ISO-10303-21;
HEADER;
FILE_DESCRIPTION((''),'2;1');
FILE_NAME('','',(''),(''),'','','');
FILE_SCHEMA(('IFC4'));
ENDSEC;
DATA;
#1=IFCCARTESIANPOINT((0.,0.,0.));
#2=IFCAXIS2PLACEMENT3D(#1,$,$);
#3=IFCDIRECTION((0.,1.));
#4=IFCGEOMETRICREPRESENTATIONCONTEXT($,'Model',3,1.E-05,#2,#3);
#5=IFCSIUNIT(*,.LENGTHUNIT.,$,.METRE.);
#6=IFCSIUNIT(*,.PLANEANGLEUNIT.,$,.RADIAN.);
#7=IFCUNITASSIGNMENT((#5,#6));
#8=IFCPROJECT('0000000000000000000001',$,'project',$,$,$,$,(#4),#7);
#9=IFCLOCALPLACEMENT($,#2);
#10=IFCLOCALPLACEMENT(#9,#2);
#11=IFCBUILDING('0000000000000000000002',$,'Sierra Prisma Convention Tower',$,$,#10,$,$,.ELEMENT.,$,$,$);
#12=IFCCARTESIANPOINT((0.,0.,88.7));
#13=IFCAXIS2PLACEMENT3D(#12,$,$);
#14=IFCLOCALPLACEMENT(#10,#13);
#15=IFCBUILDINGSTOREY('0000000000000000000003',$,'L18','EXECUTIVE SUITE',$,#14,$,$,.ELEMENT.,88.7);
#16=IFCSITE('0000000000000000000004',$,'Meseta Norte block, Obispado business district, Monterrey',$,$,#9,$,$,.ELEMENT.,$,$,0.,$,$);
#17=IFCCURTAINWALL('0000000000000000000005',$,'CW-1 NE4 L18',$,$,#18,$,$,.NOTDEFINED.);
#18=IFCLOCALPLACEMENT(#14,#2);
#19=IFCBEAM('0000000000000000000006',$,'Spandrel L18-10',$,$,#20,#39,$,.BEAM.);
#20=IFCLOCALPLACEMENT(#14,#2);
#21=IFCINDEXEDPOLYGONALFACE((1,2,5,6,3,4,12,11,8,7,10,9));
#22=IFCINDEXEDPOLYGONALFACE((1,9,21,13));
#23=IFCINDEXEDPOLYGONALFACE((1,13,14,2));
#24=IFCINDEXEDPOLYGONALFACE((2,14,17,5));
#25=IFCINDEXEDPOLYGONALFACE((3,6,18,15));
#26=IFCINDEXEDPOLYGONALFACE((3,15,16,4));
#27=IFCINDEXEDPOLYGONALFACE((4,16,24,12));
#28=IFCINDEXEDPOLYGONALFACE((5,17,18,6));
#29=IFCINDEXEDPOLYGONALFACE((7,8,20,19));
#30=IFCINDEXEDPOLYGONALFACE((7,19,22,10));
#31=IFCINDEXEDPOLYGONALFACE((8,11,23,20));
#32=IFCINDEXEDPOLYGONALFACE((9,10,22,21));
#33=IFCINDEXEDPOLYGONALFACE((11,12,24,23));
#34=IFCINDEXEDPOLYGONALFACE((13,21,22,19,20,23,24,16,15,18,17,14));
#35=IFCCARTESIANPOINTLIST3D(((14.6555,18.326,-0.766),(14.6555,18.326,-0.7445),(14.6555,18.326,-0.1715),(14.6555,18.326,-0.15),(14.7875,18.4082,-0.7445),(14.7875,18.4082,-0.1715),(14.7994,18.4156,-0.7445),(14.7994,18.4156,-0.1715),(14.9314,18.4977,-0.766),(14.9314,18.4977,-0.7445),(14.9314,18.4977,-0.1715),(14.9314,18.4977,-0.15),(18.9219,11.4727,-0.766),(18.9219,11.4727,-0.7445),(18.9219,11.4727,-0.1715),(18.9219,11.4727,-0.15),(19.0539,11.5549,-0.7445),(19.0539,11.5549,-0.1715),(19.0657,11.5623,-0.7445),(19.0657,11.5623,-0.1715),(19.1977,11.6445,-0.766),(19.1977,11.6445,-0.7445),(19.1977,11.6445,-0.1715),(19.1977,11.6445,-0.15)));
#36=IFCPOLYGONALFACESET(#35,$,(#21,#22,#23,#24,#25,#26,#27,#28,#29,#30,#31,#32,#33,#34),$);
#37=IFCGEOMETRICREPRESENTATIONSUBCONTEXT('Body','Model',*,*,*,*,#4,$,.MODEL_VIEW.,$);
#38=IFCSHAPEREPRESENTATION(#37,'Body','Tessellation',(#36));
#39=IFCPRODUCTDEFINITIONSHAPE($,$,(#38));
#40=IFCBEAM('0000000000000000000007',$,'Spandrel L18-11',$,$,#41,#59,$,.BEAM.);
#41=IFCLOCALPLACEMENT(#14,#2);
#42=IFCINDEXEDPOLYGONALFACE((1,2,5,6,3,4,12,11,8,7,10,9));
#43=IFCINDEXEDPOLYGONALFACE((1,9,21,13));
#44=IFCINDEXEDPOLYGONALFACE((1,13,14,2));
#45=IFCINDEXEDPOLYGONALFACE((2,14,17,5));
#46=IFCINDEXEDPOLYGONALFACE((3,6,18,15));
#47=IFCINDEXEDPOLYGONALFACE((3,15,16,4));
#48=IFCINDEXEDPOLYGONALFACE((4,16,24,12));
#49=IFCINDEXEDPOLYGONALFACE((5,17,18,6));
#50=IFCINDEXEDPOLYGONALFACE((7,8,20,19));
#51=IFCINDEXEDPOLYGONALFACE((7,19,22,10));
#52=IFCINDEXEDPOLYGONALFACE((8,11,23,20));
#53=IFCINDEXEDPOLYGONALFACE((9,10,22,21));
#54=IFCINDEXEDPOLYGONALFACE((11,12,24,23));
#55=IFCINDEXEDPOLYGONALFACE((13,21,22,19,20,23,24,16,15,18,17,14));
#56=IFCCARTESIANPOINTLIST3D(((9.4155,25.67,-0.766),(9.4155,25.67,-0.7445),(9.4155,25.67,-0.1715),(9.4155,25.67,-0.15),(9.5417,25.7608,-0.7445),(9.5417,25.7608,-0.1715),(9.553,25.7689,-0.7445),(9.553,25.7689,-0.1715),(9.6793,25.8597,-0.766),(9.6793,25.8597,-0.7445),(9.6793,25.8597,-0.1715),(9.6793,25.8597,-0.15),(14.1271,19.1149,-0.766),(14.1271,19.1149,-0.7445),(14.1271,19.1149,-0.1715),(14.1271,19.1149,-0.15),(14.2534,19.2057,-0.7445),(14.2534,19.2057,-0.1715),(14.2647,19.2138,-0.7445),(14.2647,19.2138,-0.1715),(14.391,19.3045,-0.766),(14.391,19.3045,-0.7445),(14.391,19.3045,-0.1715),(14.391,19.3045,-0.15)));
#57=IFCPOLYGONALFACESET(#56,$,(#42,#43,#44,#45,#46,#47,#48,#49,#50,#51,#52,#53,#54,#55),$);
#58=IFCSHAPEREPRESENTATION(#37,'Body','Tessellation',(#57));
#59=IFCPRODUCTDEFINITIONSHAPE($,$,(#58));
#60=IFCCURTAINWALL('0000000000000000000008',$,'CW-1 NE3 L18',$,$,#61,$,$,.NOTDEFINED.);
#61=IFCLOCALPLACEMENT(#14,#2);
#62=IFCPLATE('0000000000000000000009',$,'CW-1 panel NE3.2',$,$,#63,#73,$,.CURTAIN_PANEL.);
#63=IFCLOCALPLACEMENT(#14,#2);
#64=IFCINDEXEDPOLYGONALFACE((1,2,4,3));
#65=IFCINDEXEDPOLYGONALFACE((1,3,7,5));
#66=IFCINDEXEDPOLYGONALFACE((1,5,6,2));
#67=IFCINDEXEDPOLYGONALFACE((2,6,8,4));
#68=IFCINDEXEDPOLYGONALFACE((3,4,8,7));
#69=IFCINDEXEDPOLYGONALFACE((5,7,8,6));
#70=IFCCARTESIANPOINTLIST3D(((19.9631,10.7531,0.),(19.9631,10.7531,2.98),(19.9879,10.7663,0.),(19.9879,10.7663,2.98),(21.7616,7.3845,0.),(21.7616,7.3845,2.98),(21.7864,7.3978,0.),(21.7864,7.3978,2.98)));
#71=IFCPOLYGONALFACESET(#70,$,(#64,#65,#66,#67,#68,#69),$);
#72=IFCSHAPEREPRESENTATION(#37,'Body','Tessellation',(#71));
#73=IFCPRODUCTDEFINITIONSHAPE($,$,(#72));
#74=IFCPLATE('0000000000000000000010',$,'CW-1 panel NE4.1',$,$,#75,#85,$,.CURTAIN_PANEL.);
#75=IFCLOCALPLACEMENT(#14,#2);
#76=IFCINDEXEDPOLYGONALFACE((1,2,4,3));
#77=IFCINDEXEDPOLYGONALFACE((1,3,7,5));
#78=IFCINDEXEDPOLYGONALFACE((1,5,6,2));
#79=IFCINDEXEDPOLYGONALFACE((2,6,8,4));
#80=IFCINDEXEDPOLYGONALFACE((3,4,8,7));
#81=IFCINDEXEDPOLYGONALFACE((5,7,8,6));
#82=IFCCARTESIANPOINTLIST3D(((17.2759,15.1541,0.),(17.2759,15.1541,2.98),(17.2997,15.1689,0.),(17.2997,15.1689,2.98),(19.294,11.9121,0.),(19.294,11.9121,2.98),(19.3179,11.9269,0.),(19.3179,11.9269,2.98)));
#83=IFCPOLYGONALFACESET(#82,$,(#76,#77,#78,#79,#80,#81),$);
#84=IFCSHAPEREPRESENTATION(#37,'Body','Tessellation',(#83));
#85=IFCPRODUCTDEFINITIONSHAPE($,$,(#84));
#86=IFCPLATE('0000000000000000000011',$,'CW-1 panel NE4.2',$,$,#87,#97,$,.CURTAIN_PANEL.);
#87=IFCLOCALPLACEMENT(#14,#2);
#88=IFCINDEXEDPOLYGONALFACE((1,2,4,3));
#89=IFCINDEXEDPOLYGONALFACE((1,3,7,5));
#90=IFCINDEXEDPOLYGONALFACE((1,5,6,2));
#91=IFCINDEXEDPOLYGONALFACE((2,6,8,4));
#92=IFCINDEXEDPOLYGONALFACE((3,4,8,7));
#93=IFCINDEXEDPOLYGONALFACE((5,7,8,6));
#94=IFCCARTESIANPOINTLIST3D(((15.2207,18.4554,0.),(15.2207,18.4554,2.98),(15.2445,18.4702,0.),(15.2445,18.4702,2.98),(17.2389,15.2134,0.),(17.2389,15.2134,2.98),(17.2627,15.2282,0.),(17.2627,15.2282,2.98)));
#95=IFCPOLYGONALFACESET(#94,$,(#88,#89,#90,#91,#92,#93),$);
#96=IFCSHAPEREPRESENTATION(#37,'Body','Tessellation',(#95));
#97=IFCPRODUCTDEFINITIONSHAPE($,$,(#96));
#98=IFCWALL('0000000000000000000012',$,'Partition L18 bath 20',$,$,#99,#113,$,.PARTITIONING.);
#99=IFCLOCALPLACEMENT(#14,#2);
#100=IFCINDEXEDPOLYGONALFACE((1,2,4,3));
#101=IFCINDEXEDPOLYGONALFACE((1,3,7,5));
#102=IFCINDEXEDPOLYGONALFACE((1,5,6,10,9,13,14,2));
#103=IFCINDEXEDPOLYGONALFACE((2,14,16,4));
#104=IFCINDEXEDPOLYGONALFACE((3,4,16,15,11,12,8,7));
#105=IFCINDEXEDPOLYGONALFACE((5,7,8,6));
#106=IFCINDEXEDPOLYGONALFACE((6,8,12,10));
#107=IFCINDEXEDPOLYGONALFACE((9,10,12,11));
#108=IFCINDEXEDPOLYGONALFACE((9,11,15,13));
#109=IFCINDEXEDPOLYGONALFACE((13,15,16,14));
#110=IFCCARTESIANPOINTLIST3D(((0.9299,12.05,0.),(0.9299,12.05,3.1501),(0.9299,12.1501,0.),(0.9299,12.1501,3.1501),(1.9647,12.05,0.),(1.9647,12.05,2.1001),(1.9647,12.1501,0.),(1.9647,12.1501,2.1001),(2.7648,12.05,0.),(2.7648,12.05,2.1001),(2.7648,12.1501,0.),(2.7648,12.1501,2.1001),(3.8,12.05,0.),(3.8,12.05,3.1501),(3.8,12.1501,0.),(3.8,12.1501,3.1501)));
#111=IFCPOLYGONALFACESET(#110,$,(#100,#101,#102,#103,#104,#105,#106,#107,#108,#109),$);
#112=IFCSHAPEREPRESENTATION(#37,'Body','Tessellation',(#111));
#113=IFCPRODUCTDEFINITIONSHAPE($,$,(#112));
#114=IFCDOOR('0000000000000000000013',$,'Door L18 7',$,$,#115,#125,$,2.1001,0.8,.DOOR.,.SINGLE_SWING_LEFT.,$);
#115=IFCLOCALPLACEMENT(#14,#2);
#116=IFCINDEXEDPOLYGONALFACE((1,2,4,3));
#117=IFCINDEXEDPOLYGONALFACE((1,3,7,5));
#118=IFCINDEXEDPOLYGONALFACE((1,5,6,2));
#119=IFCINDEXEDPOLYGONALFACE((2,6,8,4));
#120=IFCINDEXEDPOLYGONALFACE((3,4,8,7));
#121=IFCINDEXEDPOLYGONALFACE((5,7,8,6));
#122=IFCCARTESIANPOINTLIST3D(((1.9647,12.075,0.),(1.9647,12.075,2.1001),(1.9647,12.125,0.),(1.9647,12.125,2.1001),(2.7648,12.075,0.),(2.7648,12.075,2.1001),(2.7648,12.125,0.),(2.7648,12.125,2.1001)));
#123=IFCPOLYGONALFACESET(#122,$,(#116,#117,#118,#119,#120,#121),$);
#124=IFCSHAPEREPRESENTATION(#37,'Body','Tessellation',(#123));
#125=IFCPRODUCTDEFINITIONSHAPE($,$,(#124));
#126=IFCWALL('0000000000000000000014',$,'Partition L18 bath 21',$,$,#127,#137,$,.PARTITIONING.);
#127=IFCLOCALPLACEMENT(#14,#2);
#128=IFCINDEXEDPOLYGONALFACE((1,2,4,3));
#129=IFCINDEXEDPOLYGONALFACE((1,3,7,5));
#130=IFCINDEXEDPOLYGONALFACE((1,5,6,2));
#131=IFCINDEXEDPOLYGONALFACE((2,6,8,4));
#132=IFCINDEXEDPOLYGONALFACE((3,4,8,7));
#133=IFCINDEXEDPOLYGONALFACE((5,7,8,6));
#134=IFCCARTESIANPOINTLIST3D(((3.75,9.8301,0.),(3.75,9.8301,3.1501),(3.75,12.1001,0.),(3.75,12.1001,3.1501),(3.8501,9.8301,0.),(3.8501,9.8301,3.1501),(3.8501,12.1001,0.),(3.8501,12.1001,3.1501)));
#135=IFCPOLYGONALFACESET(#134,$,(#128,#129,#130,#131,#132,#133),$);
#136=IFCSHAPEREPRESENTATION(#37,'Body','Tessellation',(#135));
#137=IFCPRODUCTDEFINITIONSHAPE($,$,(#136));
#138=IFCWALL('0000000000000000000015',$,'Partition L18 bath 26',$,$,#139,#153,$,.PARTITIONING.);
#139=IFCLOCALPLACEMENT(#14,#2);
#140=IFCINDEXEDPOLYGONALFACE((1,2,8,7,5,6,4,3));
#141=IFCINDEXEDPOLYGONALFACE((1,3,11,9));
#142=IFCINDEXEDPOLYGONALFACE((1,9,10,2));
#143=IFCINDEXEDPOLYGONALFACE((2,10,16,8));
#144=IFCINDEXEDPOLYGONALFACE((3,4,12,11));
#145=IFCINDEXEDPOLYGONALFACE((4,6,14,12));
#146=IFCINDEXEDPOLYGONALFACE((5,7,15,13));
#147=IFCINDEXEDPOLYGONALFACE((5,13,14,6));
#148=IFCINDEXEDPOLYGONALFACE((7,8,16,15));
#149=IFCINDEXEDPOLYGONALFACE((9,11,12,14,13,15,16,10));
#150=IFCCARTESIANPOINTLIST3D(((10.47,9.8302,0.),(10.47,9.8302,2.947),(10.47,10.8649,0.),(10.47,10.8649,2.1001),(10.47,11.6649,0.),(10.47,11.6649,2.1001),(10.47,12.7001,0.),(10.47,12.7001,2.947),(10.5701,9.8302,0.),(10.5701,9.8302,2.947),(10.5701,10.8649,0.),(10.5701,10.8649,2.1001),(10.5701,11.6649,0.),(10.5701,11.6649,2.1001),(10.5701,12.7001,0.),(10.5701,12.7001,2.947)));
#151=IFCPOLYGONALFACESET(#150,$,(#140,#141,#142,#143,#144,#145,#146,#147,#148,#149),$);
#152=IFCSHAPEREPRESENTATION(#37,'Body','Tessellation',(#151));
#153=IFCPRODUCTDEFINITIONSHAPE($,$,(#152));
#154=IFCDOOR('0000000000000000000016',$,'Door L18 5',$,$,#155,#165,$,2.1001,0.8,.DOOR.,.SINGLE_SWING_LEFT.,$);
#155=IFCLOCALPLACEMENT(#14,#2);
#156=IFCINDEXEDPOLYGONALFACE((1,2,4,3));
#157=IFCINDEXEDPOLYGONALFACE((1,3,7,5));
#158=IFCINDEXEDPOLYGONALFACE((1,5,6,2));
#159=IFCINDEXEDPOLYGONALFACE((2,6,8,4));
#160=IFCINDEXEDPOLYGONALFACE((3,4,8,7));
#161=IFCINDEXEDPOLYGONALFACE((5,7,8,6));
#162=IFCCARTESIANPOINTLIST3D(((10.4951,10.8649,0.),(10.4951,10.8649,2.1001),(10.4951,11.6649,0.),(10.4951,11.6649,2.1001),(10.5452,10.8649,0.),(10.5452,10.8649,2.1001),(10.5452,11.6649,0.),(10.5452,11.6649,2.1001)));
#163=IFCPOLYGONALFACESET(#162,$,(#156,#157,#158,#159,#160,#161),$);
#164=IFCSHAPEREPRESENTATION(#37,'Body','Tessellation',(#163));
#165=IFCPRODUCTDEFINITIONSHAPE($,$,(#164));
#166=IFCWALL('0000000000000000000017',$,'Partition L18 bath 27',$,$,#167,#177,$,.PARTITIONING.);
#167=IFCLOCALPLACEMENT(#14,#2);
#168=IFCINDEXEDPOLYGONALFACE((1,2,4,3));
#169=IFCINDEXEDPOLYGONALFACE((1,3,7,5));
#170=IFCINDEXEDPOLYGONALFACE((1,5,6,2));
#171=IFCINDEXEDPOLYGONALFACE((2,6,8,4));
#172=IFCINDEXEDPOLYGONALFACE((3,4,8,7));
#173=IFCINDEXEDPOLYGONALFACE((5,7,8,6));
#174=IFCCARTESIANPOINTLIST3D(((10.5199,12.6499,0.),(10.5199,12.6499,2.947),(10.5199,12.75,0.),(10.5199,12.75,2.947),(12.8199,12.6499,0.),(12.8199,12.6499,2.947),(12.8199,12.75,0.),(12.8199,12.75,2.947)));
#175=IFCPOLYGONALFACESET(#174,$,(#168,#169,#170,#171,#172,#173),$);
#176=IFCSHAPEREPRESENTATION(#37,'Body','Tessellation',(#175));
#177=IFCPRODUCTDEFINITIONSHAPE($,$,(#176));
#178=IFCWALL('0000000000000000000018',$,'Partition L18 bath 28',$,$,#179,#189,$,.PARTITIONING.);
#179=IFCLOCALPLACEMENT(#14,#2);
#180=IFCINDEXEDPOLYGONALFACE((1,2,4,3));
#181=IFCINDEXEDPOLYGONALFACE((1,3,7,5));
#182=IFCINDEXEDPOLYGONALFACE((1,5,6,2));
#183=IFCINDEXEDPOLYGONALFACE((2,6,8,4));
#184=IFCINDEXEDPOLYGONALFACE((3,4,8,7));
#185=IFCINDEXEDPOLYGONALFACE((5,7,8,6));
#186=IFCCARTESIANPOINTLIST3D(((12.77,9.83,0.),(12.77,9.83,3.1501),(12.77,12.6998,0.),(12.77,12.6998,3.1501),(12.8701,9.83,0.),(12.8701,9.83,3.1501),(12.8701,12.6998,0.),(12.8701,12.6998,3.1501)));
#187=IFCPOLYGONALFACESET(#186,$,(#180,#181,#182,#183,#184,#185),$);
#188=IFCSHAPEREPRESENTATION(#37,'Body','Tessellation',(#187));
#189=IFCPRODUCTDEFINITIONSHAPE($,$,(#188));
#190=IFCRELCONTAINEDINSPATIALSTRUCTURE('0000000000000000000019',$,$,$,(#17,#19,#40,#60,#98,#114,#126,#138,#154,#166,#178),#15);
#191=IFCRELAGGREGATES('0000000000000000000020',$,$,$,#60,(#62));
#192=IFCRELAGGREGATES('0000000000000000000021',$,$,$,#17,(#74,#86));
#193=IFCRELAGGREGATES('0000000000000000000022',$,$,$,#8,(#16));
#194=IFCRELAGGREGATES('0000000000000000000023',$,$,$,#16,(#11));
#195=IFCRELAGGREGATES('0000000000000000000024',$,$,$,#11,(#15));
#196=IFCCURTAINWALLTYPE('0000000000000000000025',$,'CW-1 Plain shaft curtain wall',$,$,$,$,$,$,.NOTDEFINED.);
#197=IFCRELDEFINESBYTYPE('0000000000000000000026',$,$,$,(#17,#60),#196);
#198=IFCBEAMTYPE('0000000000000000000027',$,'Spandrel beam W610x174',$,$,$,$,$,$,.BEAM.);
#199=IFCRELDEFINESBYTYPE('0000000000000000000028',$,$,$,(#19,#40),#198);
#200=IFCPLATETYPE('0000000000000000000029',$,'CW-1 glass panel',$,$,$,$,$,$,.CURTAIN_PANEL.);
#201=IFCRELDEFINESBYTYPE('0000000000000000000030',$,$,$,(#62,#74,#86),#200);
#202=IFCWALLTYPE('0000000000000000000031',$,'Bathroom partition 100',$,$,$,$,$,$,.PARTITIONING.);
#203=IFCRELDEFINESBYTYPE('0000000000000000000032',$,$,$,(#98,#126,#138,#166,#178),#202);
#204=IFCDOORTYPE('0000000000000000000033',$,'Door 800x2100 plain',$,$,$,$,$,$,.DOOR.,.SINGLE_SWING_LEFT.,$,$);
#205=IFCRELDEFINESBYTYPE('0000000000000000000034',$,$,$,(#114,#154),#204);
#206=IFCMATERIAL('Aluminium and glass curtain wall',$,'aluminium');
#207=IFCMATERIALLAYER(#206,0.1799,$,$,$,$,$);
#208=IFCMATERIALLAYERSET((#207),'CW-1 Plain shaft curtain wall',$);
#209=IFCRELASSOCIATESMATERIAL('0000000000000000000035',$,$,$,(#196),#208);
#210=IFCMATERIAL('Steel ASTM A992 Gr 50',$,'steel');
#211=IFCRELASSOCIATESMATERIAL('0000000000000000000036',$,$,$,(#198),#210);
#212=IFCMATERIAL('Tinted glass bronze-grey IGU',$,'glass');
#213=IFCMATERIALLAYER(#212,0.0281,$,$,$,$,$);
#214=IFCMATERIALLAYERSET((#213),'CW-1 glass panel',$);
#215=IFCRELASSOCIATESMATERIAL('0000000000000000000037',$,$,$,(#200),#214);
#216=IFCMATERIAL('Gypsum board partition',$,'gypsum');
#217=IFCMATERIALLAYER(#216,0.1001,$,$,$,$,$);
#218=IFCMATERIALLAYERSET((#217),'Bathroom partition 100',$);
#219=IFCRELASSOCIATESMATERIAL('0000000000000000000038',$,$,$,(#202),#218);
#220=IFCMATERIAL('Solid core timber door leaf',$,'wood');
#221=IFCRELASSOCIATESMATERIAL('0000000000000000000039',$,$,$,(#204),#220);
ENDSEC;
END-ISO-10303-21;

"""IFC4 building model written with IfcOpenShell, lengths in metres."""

from ifc_helpers import new_model, si_unit, direction, frame, frame_2d, origin, origin_2d, place, context, subcontext, project, spatial, rectangle, i_section, extrude, material, layer, layer_set, material_profile, profile_set, type_object, element, fill, aggregate, save


model = new_model("IFC4")

# Units and contexts
model_context = context("Model", 3, precision=1e-05, world=origin(), true_north=direction((0.0, 1.0)))
body_context = subcontext(model_context, "Body", "Model", "MODEL_VIEW")
ifc_project = project(units=[si_unit("LENGTHUNIT", "METRE"), si_unit("PLANEANGLEUNIT", "RADIAN")], contexts=[model_context])

# Site, building, storey
site_placement = place(None, origin())
site = spatial("IfcSite", under=ifc_project, at=site_placement, Name="Meseta Norte block, Obispado business district, Monterrey", CompositionType="ELEMENT", RefElevation=0.0)
building_placement = place(site_placement, origin())
building = spatial("IfcBuilding", under=site, at=building_placement, Name="Sierra Prisma Convention Tower", CompositionType="ELEMENT")
storey_placement = place(building_placement, frame((0.0, 0.0, 88.7)))
storey = spatial("IfcBuildingStorey", under=building, at=storey_placement, Name="L18", Description="EXECUTIVE SUITE", CompositionType="ELEMENT", Elevation=88.7)

# Curtain wall
ifc_material_1 = material(Name="Aluminium and glass curtain wall", Category="aluminium")
ifc_layer_1 = layer(ifc_material_1, 0.1799)
ifc_layer_set_1 = layer_set([ifc_layer_1], Name="CW-1 Plain shaft curtain wall")
curtain_wall_type = type_object("IfcCurtainWallType", Name="CW-1 Plain shaft curtain wall", PredefinedType="NOTDEFINED", material=ifc_layer_set_1)
curtain_wall_1_placement = place(storey_placement, origin())
curtain_wall_1 = element("IfcCurtainWall", 1, at=curtain_wall_1_placement, inside=storey, type_object=curtain_wall_type, Name="CW-1 NE4 L18", PredefinedType="NOTDEFINED")

# Beams
ifc_material_2 = material(Name="Steel ASTM A992 Gr 50", Category="steel")
ifc_material_profile_1 = material_profile(ifc_material_2, i_section(OverallWidth=0.325, OverallDepth=0.616, WebThickness=0.0139, FlangeThickness=0.0215, at=origin_2d()), Name="W610x174")
ifc_profile_set_1 = profile_set([ifc_material_profile_1], Name="Steel ASTM A992 Gr 50")
beam_type_1 = type_object("IfcBeamType", Name="Spandrel beam W610x174", PredefinedType="BEAM", material=ifc_profile_set_1)
for number, where, z_axis, x_axis, name in (
    (2, (19.0598, 11.5586, -0.458), (-0.528489, 0.84894, 0.0), (-0.84894, -0.528489, 0.0), "Spandrel L18-10"),
    (3, (14.259, 19.2097, -0.458), (-0.583647, 0.812007, 0.0), (-0.812007, -0.583647, 0.0), "Spandrel L18-11"),
):
    element("IfcBeam", number, at=place(storey_placement, frame(where, z_axis=z_axis, x_axis=x_axis)), inside=storey, type_object=beam_type_1, Name=name, PredefinedType="BEAM", context=body_context, shape_type="SweptSolid", body=[
        extrude(i_section(OverallWidth=0.325, OverallDepth=0.616, WebThickness=0.0139, FlangeThickness=0.0215, at=origin_2d()), origin(), (0.0, 0.0, 1.0), 8.0728),
    ])

# Curtain wall, plate
curtain_wall_2_placement = place(storey_placement, origin())
curtain_wall_2 = element("IfcCurtainWall", 4, at=curtain_wall_2_placement, inside=storey, type_object=curtain_wall_type, Name="CW-1 NE3 L18", PredefinedType="NOTDEFINED")
ifc_material_3 = material(Name="Tinted glass bronze-grey IGU", Category="glass")
ifc_layer_2 = layer(ifc_material_3, 0.0281)
ifc_layer_set_2 = layer_set([ifc_layer_2], Name="CW-1 glass panel")
plate_type = type_object("IfcPlateType", Name="CW-1 glass panel", PredefinedType="CURTAIN_PANEL", material=ifc_layer_set_2)
plate_1_placement = place(storey_placement, frame((20.8748, 9.0754, 0.0), z_axis=(0.0, 0.0, 1.0), x_axis=(-0.470969, 0.88215, 0.0)))
plate_1 = element("IfcPlate", 5, at=plate_1_placement, type_object=plate_type, Name="CW-1 panel NE3.2", PredefinedType="CURTAIN_PANEL", context=body_context, shape_type="SweptSolid", body=[
    extrude(rectangle(XDim=3.8186, YDim=0.0281, at=origin_2d()), origin(), (0.0, 0.0, 1.0), 2.98),
])
aggregate(curtain_wall_2, [plate_1])

# Plates
plate_2_placement = place(storey_placement, frame((18.2969, 13.5405, 0.0), z_axis=(0.0, 0.0, 1.0), x_axis=(-0.528479, 0.848946, 0.0)))
plate_2 = element("IfcPlate", 6, at=plate_2_placement, type_object=plate_type, Name="CW-1 panel NE4.1", PredefinedType="CURTAIN_PANEL", context=body_context, shape_type="SweptSolid", body=[
    extrude(rectangle(XDim=3.8188, YDim=0.0281, at=origin_2d()), origin(), (0.0, 0.0, 1.0), 2.98),
])
plate_3_placement = place(storey_placement, frame((16.2417, 16.8418, 0.0), z_axis=(0.0, 0.0, 1.0), x_axis=(-0.528479, 0.848946, 0.0)))
plate_3 = element("IfcPlate", 7, at=plate_3_placement, type_object=plate_type, Name="CW-1 panel NE4.2", PredefinedType="CURTAIN_PANEL", context=body_context, shape_type="SweptSolid", body=[
    extrude(rectangle(XDim=3.8188, YDim=0.0281, at=origin_2d()), origin(), (0.0, 0.0, 1.0), 2.98),
])
aggregate(curtain_wall_1, [plate_2, plate_3])

# Wall, opening, door
ifc_material_4 = material(Name="Gypsum board partition", Category="gypsum")
ifc_layer_3 = layer(ifc_material_4, 0.1001)
ifc_layer_set_3 = layer_set([ifc_layer_3], Name="Bathroom partition 100")
wall_type_1 = type_object("IfcWallType", Name="Bathroom partition 100", PredefinedType="PARTITIONING", material=ifc_layer_set_3)
wall_1_placement = place(storey_placement, frame((0.9299, 12.1001, 0.0), z_axis=(0.0, 0.0, 1.0), x_axis=(1.0, 0.0, 0.0)))
wall_1 = element("IfcWall", 8, at=wall_1_placement, inside=storey, type_object=wall_type_1, Name="Partition L18 bath 20", PredefinedType="PARTITIONING", context=body_context, shape_type="SweptSolid", body=[
    extrude(rectangle(XDim=2.8701, YDim=0.1001, at=frame_2d((1.4351, 0.0))), origin(), (0.0, 0.0, 1.0), 3.1501),
])
opening_1_placement = place(wall_1_placement, frame((1.0349, 0.0, 0.0)))
opening_1 = element("IfcOpeningElement", 9, at=opening_1_placement, cuts=wall_1, PredefinedType="OPENING", context=body_context, shape_type="SweptSolid", body=[
    extrude(rectangle(XDim=0.8, YDim=2.1001, at=frame_2d((0.3999, 1.05))), frame((0.0, 0.05, 0.0), z_axis=(0.0, -1.0, 0.0), x_axis=(1.0, 0.0, 0.0)), (0.0, 0.0, 1.0), 0.1001),
])
ifc_material_5 = material(Name="Solid core timber door leaf", Category="wood")
door_type_1 = type_object("IfcDoorType", Name="Door 800x2100 plain", OperationType="SINGLE_SWING_LEFT", PredefinedType="DOOR", material=ifc_material_5)
door_1_placement = place(opening_1_placement, origin())
door_1 = element("IfcDoor", 10, at=door_1_placement, inside=storey, type_object=door_type_1, Name="Door L18 7", OperationType="SINGLE_SWING_LEFT", OverallHeight=2.1001, OverallWidth=0.8, PredefinedType="DOOR", context=body_context, shape_type="SweptSolid", body=[
    extrude(rectangle(XDim=0.8, YDim=2.1001, at=frame_2d((0.3999, 1.05))), frame((0.0, 0.0249, 0.0), z_axis=(0.0, -1.0, 0.0), x_axis=(1.0, 0.0, 0.0)), (0.0, 0.0, 1.0), 0.05),
])
fill(opening_1, door_1)

# Wall
wall_2_placement = place(storey_placement, frame((3.8, 12.1001, 0.0), z_axis=(0.0, 0.0, 1.0), x_axis=(0.0, -1.0, 0.0)))
element("IfcWall", 11, at=wall_2_placement, inside=storey, type_object=wall_type_1, Name="Partition L18 bath 21", PredefinedType="PARTITIONING", context=body_context, shape_type="SweptSolid", body=[
    extrude(rectangle(XDim=2.27, YDim=0.1001, at=frame_2d((1.135, 0.0))), origin(), (0.0, 0.0, 1.0), 3.1501),
])

# Wall, opening, door
wall_3_placement = place(storey_placement, frame((10.52, 9.8301, 0.0), z_axis=(0.0, 0.0, 1.0), x_axis=(0.0, 1.0, 0.0)))
wall_3 = element("IfcWall", 12, at=wall_3_placement, inside=storey, type_object=wall_type_1, Name="Partition L18 bath 26", PredefinedType="PARTITIONING", context=body_context, shape_type="SweptSolid", body=[
    extrude(rectangle(XDim=2.8699, YDim=0.1001, at=frame_2d((1.4351, 0.0))), origin(), (0.0, 0.0, 1.0), 2.947),
])
opening_2_placement = place(wall_3_placement, frame((1.0349, 0.0, 0.0)))
opening_2 = element("IfcOpeningElement", 13, at=opening_2_placement, cuts=wall_3, PredefinedType="OPENING", context=body_context, shape_type="SweptSolid", body=[
    extrude(rectangle(XDim=0.8, YDim=2.1001, at=frame_2d((0.3999, 1.05))), frame((0.0, 0.05, 0.0), z_axis=(0.0, -1.0, 0.0), x_axis=(1.0, 0.0, 0.0)), (0.0, 0.0, 1.0), 0.1001),
])
door_2_placement = place(opening_2_placement, origin())
door_2 = element("IfcDoor", 14, at=door_2_placement, inside=storey, type_object=door_type_1, Name="Door L18 5", OperationType="SINGLE_SWING_LEFT", OverallHeight=2.1001, OverallWidth=0.8, PredefinedType="DOOR", context=body_context, shape_type="SweptSolid", body=[
    extrude(rectangle(XDim=0.8, YDim=2.1001, at=frame_2d((0.3999, 1.05))), frame((0.0, 0.0249, 0.0), z_axis=(0.0, -1.0, 0.0), x_axis=(1.0, 0.0, 0.0)), (0.0, 0.0, 1.0), 0.05),
])
fill(opening_2, door_2)

# Walls
wall_4_placement = place(storey_placement, frame((10.52, 12.7, 0.0), z_axis=(0.0, 0.0, 1.0), x_axis=(1.0, 0.0, 0.0)))
element("IfcWall", 15, at=wall_4_placement, inside=storey, type_object=wall_type_1, Name="Partition L18 bath 27", PredefinedType="PARTITIONING", context=body_context, shape_type="SweptSolid", body=[
    extrude(rectangle(XDim=2.3, YDim=0.1001, at=frame_2d((1.1499, 0.0))), origin(), (0.0, 0.0, 1.0), 2.947),
])
wall_5_placement = place(storey_placement, frame((12.8201, 12.7, 0.0), z_axis=(0.0, 0.0, 1.0), x_axis=(0.0, -1.0, 0.0)))
element("IfcWall", 16, at=wall_5_placement, inside=storey, type_object=wall_type_1, Name="Partition L18 bath 28", PredefinedType="PARTITIONING", context=body_context, shape_type="SweptSolid", body=[
    extrude(rectangle(XDim=2.8699, YDim=0.1001, at=frame_2d((1.4351, 0.0))), origin(), (0.0, 0.0, 1.0), 3.1501),
])

save(model, "model.ifc")
